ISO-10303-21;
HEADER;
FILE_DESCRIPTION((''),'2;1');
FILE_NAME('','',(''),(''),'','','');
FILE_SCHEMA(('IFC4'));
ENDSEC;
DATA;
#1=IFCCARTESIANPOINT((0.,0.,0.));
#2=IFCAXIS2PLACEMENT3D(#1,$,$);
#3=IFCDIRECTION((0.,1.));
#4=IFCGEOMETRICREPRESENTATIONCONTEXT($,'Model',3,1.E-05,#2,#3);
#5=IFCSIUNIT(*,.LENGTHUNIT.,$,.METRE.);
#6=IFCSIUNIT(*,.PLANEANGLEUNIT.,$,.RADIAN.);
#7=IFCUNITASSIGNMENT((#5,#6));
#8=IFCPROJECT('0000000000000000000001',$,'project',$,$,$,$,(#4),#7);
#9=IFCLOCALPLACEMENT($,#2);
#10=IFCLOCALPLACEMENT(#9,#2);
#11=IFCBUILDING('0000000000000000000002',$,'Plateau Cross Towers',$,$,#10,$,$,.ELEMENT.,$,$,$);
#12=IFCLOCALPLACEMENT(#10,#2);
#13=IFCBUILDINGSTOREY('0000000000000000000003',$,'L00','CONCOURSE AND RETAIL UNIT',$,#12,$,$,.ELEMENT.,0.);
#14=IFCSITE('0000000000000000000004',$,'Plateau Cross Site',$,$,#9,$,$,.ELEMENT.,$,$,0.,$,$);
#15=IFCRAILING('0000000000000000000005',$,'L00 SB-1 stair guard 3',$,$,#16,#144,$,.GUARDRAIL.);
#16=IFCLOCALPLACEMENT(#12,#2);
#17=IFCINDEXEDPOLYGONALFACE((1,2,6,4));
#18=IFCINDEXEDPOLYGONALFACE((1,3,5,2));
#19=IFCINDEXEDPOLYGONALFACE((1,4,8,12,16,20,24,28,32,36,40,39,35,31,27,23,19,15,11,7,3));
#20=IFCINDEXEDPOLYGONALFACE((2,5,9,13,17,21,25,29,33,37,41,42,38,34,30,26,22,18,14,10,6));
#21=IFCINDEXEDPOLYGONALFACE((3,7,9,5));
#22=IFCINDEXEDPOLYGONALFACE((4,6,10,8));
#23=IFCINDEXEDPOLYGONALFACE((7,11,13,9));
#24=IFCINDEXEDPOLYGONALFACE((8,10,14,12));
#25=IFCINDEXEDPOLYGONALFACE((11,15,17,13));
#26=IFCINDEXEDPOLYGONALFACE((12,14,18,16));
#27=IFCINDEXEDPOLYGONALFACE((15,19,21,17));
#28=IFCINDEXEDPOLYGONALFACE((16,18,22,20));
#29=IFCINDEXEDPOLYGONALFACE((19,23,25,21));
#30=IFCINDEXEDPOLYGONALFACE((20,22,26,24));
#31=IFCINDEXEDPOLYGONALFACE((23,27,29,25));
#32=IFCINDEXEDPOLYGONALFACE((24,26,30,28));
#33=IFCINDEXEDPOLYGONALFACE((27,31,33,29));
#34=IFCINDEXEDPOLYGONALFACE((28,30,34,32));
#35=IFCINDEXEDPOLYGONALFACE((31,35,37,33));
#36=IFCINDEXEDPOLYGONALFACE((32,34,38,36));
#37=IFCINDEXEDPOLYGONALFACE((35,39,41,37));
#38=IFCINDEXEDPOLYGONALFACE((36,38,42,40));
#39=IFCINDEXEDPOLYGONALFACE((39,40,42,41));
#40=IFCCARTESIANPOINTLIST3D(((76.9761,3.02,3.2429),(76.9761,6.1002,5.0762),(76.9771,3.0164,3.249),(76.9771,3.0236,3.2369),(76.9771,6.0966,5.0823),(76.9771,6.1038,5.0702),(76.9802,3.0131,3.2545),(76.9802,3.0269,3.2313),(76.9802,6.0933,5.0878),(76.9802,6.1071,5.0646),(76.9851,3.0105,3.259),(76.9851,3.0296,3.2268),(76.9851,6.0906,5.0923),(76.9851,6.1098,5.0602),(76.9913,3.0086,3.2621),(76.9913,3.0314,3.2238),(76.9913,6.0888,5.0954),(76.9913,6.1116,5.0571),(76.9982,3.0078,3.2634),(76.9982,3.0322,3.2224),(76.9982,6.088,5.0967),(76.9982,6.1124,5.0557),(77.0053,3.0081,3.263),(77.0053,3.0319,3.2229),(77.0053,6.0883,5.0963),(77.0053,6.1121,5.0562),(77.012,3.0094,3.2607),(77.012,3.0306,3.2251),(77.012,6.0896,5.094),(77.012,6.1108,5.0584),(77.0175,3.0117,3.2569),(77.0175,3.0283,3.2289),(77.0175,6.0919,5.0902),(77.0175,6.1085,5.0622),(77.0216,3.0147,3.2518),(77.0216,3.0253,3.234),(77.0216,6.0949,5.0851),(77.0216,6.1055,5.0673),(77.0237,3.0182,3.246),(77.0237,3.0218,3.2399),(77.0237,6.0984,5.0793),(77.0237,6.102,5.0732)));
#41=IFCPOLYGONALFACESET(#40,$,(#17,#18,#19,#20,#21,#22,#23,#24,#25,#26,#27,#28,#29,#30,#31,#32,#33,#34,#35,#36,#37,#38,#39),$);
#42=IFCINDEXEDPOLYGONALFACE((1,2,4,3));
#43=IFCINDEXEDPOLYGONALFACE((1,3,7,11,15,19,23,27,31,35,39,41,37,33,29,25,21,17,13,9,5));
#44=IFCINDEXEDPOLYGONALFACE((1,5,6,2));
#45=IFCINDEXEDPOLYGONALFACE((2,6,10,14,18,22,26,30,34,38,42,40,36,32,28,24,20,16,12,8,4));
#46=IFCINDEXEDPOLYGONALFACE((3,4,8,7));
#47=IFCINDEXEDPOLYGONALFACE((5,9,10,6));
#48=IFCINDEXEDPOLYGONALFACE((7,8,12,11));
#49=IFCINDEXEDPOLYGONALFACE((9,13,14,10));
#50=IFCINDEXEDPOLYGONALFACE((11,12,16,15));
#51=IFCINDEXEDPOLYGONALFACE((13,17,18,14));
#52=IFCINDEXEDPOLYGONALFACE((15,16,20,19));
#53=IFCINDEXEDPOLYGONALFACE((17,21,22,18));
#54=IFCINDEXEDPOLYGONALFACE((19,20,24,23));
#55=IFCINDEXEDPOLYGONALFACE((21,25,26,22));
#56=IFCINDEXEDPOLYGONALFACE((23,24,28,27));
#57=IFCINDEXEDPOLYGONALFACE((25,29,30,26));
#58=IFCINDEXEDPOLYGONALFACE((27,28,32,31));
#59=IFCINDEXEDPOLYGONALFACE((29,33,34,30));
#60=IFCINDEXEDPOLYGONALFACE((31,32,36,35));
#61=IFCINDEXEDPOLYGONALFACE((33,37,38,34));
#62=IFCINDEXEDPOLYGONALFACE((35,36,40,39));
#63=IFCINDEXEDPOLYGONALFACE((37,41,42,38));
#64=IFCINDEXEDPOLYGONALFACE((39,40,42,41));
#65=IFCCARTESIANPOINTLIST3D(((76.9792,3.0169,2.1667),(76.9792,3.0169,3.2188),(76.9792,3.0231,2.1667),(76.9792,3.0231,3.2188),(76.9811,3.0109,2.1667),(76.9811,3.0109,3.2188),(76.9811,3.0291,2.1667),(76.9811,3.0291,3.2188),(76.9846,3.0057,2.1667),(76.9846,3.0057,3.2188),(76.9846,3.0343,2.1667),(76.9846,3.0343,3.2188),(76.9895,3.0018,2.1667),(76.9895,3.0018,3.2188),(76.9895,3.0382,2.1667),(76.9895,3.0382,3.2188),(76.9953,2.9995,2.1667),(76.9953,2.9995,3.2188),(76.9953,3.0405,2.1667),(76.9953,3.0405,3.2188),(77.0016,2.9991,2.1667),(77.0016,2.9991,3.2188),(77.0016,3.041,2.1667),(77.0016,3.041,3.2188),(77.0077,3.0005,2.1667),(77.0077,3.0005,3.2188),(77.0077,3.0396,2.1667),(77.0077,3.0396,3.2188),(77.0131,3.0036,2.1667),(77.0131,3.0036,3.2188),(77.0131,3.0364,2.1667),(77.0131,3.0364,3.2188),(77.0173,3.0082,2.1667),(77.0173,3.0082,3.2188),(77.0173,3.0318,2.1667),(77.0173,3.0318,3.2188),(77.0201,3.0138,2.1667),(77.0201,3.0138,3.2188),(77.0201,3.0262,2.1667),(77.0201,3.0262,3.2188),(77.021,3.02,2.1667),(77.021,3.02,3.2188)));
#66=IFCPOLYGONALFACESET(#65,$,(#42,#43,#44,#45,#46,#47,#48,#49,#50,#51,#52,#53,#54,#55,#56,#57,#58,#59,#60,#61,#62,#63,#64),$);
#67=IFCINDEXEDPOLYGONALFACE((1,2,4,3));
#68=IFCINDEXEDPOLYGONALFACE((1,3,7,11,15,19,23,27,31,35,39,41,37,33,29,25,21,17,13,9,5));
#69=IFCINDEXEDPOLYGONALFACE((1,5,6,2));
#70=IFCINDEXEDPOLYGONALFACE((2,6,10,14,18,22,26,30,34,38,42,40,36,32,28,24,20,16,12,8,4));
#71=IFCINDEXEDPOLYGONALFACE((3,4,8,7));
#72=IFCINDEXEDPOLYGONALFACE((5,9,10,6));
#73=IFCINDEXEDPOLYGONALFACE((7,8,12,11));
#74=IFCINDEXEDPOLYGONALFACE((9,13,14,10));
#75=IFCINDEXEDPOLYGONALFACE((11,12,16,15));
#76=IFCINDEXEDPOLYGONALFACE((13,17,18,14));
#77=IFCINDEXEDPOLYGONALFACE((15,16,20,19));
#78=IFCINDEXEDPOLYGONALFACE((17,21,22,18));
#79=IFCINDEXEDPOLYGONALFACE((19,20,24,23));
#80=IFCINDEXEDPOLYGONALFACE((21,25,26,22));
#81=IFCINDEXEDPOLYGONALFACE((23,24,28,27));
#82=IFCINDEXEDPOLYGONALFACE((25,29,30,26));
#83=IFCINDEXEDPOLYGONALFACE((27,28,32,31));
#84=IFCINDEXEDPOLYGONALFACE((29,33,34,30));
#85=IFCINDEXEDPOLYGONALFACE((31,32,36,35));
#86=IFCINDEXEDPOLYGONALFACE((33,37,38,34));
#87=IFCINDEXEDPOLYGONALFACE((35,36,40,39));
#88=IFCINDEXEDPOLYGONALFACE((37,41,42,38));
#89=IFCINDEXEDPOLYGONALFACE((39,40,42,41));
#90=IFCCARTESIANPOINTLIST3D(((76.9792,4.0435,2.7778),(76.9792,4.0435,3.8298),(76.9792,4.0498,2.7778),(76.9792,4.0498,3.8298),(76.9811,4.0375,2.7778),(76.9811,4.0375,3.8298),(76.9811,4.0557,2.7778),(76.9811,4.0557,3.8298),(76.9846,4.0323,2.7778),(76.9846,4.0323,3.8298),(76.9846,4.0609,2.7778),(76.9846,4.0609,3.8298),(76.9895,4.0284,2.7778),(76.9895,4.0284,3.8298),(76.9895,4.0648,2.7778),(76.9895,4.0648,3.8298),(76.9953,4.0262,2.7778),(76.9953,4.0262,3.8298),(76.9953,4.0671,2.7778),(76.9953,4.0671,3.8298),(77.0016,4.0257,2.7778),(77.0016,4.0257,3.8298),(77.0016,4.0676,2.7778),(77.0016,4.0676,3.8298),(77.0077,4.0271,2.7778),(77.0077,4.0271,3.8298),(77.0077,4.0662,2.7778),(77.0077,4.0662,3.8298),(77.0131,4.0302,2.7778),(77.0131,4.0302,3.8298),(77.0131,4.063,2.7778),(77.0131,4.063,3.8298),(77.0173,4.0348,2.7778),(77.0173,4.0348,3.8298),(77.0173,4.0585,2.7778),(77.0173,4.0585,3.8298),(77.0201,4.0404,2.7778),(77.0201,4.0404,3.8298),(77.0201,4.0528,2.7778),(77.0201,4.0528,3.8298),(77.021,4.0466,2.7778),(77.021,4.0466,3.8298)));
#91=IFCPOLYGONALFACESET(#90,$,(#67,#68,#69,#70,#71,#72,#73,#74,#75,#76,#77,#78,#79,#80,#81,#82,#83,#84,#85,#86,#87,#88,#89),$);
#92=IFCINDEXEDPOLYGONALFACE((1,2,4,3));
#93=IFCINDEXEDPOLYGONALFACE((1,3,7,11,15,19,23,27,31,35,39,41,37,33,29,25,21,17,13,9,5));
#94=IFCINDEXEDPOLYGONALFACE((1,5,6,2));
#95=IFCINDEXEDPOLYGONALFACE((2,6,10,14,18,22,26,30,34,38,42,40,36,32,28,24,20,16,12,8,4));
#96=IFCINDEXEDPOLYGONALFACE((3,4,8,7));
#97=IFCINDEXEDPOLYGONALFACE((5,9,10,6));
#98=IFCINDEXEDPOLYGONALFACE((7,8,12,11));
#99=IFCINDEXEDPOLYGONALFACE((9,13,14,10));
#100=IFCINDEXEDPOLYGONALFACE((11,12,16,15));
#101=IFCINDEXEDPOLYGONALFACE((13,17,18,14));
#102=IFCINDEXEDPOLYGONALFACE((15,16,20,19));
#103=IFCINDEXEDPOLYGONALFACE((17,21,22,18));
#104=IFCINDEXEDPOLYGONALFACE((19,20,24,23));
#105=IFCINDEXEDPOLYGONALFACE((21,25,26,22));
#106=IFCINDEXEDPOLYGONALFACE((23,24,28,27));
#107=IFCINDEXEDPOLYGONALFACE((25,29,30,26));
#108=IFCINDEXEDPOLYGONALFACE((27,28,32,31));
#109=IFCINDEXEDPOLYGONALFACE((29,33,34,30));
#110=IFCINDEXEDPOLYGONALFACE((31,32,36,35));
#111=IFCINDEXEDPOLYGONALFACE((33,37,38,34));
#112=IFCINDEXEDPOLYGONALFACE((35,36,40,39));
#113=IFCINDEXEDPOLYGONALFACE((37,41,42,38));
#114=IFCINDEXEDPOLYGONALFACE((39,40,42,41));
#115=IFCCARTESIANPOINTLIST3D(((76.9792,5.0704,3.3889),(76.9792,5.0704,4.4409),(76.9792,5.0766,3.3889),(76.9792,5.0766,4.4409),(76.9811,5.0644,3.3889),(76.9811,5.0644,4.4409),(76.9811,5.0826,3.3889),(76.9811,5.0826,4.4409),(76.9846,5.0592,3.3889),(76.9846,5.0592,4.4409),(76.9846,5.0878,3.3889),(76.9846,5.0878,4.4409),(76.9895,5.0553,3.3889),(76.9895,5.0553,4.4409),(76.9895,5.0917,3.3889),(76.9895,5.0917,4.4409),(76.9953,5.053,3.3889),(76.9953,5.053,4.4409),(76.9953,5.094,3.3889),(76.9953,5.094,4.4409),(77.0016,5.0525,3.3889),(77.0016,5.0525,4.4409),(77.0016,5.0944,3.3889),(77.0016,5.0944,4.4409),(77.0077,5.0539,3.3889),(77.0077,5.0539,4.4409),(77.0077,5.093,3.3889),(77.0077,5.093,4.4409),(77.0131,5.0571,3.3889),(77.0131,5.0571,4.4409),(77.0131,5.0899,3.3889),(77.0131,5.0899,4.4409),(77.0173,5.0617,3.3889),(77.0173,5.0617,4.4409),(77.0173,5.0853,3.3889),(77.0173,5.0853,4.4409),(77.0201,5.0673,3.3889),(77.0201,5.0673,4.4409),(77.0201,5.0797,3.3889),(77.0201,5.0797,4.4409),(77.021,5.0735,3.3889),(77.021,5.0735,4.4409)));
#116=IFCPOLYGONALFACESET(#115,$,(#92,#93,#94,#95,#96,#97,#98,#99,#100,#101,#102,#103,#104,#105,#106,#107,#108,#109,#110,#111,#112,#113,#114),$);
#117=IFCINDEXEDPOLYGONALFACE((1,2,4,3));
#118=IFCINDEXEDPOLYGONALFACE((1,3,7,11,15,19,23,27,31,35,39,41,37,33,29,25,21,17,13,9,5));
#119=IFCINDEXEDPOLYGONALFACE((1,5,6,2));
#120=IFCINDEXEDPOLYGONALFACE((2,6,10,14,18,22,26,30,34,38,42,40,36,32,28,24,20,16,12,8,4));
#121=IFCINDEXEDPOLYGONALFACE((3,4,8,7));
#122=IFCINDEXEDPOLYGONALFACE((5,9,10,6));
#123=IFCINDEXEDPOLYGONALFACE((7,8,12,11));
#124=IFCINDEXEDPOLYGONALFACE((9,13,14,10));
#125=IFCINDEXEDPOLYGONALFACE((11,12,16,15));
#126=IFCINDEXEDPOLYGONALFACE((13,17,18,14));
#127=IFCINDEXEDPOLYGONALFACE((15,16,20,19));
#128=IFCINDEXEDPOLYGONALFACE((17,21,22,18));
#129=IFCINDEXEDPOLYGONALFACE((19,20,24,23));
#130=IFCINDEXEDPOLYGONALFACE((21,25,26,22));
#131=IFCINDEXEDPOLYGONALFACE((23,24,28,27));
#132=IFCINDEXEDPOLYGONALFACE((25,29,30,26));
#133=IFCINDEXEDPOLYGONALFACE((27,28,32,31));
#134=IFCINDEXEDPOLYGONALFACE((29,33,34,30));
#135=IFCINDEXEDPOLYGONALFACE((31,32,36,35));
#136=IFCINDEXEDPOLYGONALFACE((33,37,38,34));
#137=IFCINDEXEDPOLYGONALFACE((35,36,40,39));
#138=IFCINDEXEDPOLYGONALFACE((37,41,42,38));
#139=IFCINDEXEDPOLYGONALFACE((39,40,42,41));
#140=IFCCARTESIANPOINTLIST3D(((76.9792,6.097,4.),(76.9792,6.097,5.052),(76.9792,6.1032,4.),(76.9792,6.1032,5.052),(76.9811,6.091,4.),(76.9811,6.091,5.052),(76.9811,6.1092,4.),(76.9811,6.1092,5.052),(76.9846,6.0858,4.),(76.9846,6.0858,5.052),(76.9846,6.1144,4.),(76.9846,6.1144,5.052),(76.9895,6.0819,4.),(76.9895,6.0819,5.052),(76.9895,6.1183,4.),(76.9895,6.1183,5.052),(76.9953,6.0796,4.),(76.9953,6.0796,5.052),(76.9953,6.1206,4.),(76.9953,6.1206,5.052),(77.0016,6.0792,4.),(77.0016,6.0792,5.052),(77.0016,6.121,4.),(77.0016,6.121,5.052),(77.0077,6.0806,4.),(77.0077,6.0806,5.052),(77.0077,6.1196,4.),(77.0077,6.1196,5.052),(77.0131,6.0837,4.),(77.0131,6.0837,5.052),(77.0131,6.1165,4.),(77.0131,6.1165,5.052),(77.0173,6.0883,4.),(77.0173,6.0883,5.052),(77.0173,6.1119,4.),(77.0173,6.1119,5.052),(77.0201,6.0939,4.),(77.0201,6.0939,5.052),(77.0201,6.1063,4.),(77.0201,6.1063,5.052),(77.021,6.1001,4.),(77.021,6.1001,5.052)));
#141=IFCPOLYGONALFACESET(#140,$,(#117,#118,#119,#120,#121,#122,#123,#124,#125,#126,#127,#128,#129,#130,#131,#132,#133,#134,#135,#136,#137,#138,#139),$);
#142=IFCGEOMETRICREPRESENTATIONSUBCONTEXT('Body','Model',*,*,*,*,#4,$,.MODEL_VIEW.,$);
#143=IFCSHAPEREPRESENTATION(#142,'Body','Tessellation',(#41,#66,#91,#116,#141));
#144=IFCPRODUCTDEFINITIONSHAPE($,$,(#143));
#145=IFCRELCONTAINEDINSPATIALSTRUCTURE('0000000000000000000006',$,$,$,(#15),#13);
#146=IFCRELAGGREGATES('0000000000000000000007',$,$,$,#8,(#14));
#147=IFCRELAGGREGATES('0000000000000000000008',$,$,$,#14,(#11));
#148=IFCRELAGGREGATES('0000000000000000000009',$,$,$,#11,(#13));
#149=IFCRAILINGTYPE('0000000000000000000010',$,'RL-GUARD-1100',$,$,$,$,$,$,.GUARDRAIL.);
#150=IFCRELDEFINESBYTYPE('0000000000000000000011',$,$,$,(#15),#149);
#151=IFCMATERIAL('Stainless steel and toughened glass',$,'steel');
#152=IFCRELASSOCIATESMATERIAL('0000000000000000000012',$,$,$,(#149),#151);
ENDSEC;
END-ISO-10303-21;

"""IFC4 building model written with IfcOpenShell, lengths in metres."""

from ifc_helpers import new_model, si_unit, direction, frame, origin, origin_2d, place, context, subcontext, project, spatial, circle, extrude, material, type_object, element, save


model = new_model("IFC4")

# Units and contexts
model_context = context("Model", 3, precision=1e-05, world=origin(), true_north=direction((0.0, 1.0)))
body_context = subcontext(model_context, "Body", "Model", "MODEL_VIEW")
ifc_project = project(units=[si_unit("LENGTHUNIT", "METRE"), si_unit("PLANEANGLEUNIT", "RADIAN")], contexts=[model_context])

# Site, building, storey
site_placement = place(None, origin())
site = spatial("IfcSite", under=ifc_project, at=site_placement, Name="Plateau Cross Site", CompositionType="ELEMENT", RefElevation=0.0)
building_placement = place(site_placement, origin())
building = spatial("IfcBuilding", under=site, at=building_placement, Name="Plateau Cross Towers", CompositionType="ELEMENT")
storey_placement = place(building_placement, origin())
storey = spatial("IfcBuildingStorey", under=building, at=storey_placement, Name="L00", Description="CONCOURSE AND RETAIL UNIT", CompositionType="ELEMENT", Elevation=0.0)

# Railing
ifc_material_1 = material(Name="Stainless steel and toughened glass", Category="steel")
railing_type = type_object("IfcRailingType", Name="RL-GUARD-1100", PredefinedType="GUARDRAIL", material=ifc_material_1)
railing_1_placement = place(storey_placement, frame((77.0, 3.02, 2.1667)))
element("IfcRailing", 1, at=railing_1_placement, inside=storey, type_object=railing_type, Name="L00 SB-1 stair guard 3", PredefinedType="GUARDRAIL", context=body_context, shape_type="SweptSolid", body=[
    extrude(circle(Radius=0.0239, at=origin_2d()), frame((0.0, 0.0, 1.0762), z_axis=(0.0, 0.859309, 0.511458), x_axis=(-1.0, 0.0, 0.0)), (0.0, 0.0, 1.0), 3.5845),
    extrude(circle(Radius=0.021, at=origin_2d()), origin(), (0.0, 0.0, 1.0), 1.052),
    extrude(circle(Radius=0.021, at=origin_2d()), frame((0.0, 1.0266, 0.6111)), (0.0, 0.0, 1.0), 1.052),
    extrude(circle(Radius=0.021, at=origin_2d()), frame((0.0, 2.0535, 1.2222)), (0.0, 0.0, 1.0), 1.052),
    extrude(circle(Radius=0.021, at=origin_2d()), frame((0.0, 3.0801, 1.8333)), (0.0, 0.0, 1.0), 1.052),
])

save(model, "model.ifc")
